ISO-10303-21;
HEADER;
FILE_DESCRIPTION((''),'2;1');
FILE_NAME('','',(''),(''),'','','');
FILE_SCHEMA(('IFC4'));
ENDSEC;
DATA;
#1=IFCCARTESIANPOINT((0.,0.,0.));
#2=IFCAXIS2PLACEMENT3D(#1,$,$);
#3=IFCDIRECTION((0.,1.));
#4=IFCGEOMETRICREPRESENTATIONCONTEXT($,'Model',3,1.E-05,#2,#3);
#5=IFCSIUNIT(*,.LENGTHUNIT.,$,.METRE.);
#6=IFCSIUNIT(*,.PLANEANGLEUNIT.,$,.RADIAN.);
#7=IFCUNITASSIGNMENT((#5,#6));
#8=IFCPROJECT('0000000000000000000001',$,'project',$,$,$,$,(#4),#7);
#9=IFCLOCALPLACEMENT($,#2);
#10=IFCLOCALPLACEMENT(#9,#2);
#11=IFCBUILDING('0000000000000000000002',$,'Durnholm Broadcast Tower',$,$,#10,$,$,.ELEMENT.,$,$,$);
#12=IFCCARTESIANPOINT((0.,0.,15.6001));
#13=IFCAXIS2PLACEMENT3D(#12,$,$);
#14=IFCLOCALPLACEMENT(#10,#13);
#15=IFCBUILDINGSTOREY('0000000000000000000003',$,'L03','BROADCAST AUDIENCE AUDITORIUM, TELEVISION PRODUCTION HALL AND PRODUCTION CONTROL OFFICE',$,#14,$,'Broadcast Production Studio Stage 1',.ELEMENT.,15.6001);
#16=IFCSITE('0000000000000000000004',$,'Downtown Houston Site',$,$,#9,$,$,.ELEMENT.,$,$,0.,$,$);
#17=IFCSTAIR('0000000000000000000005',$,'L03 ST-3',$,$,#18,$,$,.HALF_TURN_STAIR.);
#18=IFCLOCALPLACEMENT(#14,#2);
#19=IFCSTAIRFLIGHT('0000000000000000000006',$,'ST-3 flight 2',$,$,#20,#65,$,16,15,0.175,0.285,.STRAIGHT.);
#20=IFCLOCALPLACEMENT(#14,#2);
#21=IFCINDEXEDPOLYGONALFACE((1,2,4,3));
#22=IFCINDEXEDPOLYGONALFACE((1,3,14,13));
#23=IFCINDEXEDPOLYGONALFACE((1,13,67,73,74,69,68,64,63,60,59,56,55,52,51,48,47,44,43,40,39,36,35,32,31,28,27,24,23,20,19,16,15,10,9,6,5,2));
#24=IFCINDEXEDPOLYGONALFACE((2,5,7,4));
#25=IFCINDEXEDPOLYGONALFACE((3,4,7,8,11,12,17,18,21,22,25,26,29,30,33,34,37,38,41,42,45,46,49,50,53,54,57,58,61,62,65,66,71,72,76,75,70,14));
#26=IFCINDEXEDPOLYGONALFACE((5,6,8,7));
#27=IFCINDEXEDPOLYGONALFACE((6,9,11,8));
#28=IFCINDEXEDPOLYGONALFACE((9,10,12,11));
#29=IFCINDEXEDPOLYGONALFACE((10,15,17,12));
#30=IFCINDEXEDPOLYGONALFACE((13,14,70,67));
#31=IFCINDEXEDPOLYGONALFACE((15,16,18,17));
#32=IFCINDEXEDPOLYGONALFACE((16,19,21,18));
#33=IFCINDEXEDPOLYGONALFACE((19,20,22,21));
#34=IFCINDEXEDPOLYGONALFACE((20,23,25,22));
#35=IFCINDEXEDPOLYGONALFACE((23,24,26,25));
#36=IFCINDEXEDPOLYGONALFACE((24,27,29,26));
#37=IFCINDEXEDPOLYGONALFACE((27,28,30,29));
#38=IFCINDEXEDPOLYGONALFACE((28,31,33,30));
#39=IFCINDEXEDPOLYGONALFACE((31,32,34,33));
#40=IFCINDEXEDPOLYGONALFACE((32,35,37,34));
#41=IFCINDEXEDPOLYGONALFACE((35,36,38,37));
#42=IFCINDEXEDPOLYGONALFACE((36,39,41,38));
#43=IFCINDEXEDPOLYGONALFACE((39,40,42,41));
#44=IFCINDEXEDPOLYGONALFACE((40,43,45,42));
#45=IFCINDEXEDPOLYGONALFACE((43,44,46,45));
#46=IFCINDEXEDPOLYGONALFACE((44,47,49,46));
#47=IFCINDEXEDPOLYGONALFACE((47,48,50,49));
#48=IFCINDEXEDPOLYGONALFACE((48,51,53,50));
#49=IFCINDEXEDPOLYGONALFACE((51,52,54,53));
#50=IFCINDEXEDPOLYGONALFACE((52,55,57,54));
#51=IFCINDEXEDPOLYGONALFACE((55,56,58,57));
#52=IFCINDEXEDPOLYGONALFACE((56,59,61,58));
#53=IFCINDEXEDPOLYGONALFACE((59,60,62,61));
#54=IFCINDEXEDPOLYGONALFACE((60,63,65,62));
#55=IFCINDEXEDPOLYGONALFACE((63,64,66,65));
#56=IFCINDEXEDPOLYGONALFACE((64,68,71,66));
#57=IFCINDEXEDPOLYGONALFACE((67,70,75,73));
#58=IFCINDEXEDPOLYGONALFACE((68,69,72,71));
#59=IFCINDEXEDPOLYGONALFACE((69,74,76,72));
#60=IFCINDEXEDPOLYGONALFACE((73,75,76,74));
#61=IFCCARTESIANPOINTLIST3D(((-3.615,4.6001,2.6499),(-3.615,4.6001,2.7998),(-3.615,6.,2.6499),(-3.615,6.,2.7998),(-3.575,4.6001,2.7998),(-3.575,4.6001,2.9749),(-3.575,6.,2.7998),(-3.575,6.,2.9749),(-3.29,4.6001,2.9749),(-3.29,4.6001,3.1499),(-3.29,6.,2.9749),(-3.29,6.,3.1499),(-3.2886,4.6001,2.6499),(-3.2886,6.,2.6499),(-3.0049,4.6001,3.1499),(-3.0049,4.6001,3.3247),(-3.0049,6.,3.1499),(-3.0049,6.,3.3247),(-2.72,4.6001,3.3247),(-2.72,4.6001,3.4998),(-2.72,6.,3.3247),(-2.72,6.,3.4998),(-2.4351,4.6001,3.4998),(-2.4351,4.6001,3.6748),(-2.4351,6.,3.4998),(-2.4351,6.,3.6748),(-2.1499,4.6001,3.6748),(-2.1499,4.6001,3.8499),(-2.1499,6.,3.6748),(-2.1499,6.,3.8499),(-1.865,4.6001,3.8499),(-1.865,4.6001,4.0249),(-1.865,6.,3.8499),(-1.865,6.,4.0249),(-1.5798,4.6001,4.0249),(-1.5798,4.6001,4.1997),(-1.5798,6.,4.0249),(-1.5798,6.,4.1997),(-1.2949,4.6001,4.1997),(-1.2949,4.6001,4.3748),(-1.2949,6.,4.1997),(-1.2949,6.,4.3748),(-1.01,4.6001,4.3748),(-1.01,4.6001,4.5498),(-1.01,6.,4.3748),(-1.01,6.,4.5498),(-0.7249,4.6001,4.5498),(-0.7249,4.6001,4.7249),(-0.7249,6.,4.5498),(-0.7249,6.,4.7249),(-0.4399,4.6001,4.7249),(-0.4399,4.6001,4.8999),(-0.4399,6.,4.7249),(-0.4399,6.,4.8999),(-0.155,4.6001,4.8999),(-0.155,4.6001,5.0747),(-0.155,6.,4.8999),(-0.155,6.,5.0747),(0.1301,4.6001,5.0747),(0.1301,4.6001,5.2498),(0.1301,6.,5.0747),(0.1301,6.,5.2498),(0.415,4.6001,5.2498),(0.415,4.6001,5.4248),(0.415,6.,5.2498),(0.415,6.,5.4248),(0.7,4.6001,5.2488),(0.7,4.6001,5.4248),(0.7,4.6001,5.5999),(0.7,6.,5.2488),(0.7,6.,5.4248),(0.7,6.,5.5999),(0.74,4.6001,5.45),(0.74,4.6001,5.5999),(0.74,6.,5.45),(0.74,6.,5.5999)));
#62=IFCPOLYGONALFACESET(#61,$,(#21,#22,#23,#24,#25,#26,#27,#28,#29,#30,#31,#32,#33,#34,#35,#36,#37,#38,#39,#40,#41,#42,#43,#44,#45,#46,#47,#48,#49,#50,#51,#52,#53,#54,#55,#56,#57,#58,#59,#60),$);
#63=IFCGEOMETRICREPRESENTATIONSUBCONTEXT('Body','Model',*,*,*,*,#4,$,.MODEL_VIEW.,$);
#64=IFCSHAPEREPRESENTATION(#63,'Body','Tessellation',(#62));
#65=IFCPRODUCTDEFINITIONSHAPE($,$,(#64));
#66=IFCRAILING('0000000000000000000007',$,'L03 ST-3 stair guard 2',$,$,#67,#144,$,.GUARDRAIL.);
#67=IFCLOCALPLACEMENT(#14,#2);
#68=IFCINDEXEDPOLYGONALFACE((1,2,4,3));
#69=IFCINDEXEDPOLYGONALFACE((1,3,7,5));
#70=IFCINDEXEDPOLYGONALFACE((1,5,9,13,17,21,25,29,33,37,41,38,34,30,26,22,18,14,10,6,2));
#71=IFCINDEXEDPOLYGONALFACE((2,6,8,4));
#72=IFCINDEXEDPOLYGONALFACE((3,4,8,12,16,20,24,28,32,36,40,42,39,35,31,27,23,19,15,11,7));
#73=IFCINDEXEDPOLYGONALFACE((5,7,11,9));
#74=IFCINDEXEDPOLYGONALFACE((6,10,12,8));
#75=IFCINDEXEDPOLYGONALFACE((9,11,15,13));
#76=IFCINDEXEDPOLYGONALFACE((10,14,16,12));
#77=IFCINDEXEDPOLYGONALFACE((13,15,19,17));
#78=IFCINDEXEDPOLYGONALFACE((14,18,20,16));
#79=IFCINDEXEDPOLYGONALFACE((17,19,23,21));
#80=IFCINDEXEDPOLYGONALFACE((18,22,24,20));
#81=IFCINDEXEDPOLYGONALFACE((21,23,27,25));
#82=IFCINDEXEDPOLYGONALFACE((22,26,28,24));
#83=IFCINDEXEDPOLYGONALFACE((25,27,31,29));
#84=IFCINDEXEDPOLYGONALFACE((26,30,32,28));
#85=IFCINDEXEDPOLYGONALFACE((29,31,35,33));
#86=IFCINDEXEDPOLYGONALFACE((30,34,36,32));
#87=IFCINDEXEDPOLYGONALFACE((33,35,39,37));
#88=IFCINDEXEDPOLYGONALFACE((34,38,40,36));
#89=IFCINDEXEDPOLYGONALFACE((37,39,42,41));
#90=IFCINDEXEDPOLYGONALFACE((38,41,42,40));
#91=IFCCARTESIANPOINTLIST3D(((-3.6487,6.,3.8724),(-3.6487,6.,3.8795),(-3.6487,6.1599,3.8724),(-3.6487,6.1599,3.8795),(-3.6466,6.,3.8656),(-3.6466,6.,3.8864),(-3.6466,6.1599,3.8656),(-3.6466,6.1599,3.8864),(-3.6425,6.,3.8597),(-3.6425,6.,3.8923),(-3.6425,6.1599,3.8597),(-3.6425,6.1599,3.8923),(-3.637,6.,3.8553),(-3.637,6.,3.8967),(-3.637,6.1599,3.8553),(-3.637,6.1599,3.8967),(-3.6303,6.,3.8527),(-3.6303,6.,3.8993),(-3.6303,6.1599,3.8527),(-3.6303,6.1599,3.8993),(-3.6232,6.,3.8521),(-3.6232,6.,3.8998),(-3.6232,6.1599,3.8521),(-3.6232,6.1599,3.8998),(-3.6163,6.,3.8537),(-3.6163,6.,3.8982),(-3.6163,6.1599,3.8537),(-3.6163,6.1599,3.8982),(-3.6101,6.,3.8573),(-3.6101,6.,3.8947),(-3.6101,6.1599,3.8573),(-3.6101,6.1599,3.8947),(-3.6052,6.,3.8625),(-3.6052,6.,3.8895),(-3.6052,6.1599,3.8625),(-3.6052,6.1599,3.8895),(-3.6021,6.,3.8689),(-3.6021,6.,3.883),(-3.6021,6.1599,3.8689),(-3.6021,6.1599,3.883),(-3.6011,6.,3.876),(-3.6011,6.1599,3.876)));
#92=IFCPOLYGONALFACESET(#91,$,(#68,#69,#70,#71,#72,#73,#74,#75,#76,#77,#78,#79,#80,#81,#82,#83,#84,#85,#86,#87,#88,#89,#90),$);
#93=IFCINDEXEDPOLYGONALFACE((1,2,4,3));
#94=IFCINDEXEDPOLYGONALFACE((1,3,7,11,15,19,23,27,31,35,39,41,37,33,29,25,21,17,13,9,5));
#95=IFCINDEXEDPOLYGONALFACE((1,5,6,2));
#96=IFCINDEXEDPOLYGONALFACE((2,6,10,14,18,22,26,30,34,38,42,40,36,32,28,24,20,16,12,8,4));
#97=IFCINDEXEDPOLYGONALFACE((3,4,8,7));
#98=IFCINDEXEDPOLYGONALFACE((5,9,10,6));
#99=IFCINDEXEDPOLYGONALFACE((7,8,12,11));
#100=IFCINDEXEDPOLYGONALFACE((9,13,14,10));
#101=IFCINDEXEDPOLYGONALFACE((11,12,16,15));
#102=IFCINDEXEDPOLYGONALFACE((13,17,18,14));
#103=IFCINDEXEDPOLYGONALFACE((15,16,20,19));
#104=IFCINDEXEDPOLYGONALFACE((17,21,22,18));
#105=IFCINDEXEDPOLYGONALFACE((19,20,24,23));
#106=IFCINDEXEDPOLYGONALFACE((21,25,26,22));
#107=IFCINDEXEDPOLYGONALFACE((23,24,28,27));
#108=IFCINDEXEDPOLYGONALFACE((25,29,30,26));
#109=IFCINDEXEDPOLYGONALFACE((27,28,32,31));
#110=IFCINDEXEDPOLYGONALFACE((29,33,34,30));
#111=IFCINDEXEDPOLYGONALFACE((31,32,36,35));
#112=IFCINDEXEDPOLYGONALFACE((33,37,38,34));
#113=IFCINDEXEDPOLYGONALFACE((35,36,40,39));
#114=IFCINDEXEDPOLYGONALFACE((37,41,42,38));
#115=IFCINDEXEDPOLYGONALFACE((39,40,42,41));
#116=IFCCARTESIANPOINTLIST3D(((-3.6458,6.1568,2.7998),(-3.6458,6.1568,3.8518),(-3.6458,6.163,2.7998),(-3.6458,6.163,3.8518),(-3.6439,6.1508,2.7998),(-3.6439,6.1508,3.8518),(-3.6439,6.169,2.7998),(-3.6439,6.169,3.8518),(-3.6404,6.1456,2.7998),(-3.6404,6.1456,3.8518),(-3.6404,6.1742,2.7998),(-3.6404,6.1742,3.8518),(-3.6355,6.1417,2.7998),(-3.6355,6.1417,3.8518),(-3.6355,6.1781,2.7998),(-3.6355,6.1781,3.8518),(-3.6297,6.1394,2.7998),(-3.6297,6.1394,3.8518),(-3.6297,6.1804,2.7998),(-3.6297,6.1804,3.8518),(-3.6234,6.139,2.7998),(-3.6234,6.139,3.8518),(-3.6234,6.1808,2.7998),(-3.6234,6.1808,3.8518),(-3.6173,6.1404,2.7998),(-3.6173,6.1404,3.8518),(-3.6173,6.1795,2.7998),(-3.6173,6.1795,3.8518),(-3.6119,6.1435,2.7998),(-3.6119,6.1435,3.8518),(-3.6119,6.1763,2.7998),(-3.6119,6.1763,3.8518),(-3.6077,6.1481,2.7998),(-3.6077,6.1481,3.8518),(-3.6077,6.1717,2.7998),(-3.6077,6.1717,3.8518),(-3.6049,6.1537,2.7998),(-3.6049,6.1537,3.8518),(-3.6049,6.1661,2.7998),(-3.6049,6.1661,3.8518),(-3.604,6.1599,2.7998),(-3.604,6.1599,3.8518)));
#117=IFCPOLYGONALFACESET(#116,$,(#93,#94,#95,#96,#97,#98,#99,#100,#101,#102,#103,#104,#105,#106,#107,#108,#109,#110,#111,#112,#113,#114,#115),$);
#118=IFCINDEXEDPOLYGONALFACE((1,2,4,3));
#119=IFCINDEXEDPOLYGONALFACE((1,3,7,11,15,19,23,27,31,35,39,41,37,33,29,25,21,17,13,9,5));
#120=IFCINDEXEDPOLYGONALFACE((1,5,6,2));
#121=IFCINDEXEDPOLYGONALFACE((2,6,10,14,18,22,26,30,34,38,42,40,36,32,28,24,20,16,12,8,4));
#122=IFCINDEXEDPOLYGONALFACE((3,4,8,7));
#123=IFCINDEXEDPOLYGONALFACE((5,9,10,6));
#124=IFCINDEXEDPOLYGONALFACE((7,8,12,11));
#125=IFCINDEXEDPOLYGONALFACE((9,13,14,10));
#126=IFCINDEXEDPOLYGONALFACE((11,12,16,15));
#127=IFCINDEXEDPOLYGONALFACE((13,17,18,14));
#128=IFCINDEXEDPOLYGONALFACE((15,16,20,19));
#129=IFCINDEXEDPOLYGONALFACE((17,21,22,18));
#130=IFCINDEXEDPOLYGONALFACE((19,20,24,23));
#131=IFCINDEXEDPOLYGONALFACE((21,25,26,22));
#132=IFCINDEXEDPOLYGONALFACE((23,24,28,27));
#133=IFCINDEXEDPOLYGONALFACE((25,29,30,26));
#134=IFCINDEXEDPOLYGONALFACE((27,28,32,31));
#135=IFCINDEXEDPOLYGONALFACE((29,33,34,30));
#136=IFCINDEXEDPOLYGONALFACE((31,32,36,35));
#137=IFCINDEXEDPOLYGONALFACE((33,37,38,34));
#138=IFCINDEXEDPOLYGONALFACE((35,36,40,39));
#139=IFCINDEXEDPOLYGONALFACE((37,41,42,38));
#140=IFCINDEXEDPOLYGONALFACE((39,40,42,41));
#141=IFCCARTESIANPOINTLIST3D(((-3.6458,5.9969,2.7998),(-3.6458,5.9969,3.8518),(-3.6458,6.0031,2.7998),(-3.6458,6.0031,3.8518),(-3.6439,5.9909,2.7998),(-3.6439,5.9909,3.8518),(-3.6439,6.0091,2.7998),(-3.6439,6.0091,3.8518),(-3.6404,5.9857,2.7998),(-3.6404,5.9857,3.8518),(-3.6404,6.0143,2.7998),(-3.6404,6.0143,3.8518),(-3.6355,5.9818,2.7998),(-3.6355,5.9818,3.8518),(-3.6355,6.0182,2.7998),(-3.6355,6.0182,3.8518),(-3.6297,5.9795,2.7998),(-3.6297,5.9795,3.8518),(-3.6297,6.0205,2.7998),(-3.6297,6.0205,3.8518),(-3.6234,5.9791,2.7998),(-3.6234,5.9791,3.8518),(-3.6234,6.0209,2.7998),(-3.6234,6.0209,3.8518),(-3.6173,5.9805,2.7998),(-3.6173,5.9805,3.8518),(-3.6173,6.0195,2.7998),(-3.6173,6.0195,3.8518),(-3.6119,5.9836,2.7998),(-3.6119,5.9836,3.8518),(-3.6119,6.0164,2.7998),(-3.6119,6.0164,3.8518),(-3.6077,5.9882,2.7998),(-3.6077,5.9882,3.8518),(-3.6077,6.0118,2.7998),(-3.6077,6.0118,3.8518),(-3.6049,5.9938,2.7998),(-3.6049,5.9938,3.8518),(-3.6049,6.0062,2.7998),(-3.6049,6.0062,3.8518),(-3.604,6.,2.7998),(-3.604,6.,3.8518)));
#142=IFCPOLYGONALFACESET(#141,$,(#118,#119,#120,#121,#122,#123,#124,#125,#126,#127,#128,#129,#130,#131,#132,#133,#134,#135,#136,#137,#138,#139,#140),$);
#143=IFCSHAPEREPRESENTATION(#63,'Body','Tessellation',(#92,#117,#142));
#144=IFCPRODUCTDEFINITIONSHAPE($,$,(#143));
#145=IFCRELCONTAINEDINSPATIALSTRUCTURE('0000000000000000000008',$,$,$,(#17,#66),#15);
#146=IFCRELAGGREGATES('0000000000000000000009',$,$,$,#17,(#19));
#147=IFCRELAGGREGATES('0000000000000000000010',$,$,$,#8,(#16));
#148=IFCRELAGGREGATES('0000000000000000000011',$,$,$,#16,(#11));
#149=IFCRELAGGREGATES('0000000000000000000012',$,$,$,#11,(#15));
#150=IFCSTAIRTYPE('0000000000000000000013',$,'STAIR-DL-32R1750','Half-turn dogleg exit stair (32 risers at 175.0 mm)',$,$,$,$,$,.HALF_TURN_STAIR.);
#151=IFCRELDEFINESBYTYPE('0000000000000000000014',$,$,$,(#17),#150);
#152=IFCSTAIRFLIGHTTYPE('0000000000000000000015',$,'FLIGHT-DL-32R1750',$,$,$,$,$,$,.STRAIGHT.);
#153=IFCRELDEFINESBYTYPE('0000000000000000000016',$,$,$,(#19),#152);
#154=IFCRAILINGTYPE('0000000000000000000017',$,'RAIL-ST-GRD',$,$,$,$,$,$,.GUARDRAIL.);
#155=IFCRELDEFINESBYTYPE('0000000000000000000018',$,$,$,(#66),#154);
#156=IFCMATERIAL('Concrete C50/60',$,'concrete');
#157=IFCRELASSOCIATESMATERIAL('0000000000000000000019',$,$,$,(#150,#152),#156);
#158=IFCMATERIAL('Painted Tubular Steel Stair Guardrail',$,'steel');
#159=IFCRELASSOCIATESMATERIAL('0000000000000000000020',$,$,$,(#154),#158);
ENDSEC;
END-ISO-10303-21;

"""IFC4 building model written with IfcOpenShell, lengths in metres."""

from ifc_helpers import new_model, si_unit, direction, frame, origin, origin_2d, place, context, subcontext, project, spatial, polyline, circle, outline, extrude, material, type_object, element, aggregate, save


model = new_model("IFC4")

# Units and contexts
model_context = context("Model", 3, precision=1e-05, world=origin(), true_north=direction((0.0, 1.0)))
body_context = subcontext(model_context, "Body", "Model", "MODEL_VIEW")
ifc_project = project(units=[si_unit("LENGTHUNIT", "METRE"), si_unit("PLANEANGLEUNIT", "RADIAN")], contexts=[model_context])

# Site, building, storey
site_placement = place(None, origin())
site = spatial("IfcSite", under=ifc_project, at=site_placement, Name="Downtown Houston Site", CompositionType="ELEMENT", RefElevation=0.0)
building_placement = place(site_placement, origin())
building = spatial("IfcBuilding", under=site, at=building_placement, Name="Durnholm Broadcast Tower", CompositionType="ELEMENT")
storey_placement = place(building_placement, frame((0.0, 0.0, 15.6001)))
storey = spatial("IfcBuildingStorey", under=building, at=storey_placement, Name="L03", Description="BROADCAST AUDIENCE AUDITORIUM, TELEVISION PRODUCTION HALL AND PRODUCTION CONTROL OFFICE", LongName="Broadcast Production Studio Stage 1", CompositionType="ELEMENT", Elevation=15.6001)

# Shared definitions
ifc_material_1 = material(Name="Concrete C50/60", Category="concrete")

# Stair, stair flight
stair_type = type_object("IfcStairType", Name="STAIR-DL-32R1750", Description="Half-turn dogleg exit stair (32 risers at 175.0 mm)", PredefinedType="HALF_TURN_STAIR", material=ifc_material_1)
stair_placement = place(storey_placement, origin())
stair = element("IfcStair", 1, at=stair_placement, inside=storey, type_object=stair_type, Name="L03 ST-3", PredefinedType="HALF_TURN_STAIR")
stair_flight_type = type_object("IfcStairFlightType", Name="FLIGHT-DL-32R1750", PredefinedType="STRAIGHT", material=ifc_material_1)
stair_flight_placement = place(storey_placement, frame((-3.575, 5.3, 2.7998), z_axis=(0.0, 0.0, 1.0), x_axis=(1.0, 0.0, 0.0)))
stair_flight = element("IfcStairFlight", 2, at=stair_flight_placement, type_object=stair_flight_type, Name="ST-3 flight 2", NumberOfRisers=16, NumberOfTreads=15, PredefinedType="STRAIGHT", RiserHeight=0.175, TreadLength=0.285, context=body_context, shape_type="SweptSolid", body=[
    extrude(outline(polyline([(-0.04, -0.1499), (-0.04, 0.0), (0.0, 0.0), (0.0, 0.175), (0.2849, 0.175), (0.2849, 0.3501), (0.5701, 0.3501), (0.5701, 0.5249), (0.855, 0.5249), (0.855, 0.7), (1.1399, 0.7), (1.1399, 0.875), (1.425, 0.875), (1.425, 1.05), (1.71, 1.05), (1.71, 1.2251), (1.9951, 1.2251), (1.9951, 1.3999), (2.28, 1.3999), (2.28, 1.575), (2.5649, 1.575), (2.5649, 1.75), (2.8501, 1.75), (2.8501, 1.925), (3.135, 1.925), (3.135, 2.1001), (3.4199, 2.1001), (3.4199, 2.2749), (3.7051, 2.2749), (3.7051, 2.45), (3.99, 2.45), (3.99, 2.625), (4.2749, 2.625), (4.2749, 2.8), (4.3149, 2.8), (4.3149, 2.6501), (4.2749, 2.449), (0.2864, -0.1499), (-0.04, -0.1499)])), frame((0.0, 0.7, 0.0), z_axis=(0.0, -1.0, 0.0), x_axis=(1.0, 0.0, 0.0)), (0.0, 0.0, 1.0), 1.3999),
])
aggregate(stair, [stair_flight])

# Railing
ifc_material_2 = material(Name="Painted Tubular Steel Stair Guardrail", Category="steel")
railing_type_1 = type_object("IfcRailingType", Name="RAIL-ST-GRD", PredefinedType="GUARDRAIL", material=ifc_material_2)
railing_1_placement = place(storey_placement, frame((-3.625, 6.1599, 2.7998)))
element("IfcRailing", 3, at=railing_1_placement, inside=storey, type_object=railing_type_1, Name="L03 ST-3 stair guard 2", PredefinedType="GUARDRAIL", context=body_context, shape_type="SweptSolid", body=[
    extrude(circle(Radius=0.0239, at=origin_2d()), frame((0.0, 0.0, 1.0762), z_axis=(0.0, -1.0, 0.0), x_axis=(1.0, 0.0, 0.0)), (0.0, 0.0, 1.0), 0.1599),
    extrude(circle(Radius=0.021, at=origin_2d()), origin(), (0.0, 0.0, 1.0), 1.052),
    extrude(circle(Radius=0.021, at=origin_2d()), frame((0.0, -0.1599, 0.0)), (0.0, 0.0, 1.0), 1.052),
])

save(model, "model.ifc")
